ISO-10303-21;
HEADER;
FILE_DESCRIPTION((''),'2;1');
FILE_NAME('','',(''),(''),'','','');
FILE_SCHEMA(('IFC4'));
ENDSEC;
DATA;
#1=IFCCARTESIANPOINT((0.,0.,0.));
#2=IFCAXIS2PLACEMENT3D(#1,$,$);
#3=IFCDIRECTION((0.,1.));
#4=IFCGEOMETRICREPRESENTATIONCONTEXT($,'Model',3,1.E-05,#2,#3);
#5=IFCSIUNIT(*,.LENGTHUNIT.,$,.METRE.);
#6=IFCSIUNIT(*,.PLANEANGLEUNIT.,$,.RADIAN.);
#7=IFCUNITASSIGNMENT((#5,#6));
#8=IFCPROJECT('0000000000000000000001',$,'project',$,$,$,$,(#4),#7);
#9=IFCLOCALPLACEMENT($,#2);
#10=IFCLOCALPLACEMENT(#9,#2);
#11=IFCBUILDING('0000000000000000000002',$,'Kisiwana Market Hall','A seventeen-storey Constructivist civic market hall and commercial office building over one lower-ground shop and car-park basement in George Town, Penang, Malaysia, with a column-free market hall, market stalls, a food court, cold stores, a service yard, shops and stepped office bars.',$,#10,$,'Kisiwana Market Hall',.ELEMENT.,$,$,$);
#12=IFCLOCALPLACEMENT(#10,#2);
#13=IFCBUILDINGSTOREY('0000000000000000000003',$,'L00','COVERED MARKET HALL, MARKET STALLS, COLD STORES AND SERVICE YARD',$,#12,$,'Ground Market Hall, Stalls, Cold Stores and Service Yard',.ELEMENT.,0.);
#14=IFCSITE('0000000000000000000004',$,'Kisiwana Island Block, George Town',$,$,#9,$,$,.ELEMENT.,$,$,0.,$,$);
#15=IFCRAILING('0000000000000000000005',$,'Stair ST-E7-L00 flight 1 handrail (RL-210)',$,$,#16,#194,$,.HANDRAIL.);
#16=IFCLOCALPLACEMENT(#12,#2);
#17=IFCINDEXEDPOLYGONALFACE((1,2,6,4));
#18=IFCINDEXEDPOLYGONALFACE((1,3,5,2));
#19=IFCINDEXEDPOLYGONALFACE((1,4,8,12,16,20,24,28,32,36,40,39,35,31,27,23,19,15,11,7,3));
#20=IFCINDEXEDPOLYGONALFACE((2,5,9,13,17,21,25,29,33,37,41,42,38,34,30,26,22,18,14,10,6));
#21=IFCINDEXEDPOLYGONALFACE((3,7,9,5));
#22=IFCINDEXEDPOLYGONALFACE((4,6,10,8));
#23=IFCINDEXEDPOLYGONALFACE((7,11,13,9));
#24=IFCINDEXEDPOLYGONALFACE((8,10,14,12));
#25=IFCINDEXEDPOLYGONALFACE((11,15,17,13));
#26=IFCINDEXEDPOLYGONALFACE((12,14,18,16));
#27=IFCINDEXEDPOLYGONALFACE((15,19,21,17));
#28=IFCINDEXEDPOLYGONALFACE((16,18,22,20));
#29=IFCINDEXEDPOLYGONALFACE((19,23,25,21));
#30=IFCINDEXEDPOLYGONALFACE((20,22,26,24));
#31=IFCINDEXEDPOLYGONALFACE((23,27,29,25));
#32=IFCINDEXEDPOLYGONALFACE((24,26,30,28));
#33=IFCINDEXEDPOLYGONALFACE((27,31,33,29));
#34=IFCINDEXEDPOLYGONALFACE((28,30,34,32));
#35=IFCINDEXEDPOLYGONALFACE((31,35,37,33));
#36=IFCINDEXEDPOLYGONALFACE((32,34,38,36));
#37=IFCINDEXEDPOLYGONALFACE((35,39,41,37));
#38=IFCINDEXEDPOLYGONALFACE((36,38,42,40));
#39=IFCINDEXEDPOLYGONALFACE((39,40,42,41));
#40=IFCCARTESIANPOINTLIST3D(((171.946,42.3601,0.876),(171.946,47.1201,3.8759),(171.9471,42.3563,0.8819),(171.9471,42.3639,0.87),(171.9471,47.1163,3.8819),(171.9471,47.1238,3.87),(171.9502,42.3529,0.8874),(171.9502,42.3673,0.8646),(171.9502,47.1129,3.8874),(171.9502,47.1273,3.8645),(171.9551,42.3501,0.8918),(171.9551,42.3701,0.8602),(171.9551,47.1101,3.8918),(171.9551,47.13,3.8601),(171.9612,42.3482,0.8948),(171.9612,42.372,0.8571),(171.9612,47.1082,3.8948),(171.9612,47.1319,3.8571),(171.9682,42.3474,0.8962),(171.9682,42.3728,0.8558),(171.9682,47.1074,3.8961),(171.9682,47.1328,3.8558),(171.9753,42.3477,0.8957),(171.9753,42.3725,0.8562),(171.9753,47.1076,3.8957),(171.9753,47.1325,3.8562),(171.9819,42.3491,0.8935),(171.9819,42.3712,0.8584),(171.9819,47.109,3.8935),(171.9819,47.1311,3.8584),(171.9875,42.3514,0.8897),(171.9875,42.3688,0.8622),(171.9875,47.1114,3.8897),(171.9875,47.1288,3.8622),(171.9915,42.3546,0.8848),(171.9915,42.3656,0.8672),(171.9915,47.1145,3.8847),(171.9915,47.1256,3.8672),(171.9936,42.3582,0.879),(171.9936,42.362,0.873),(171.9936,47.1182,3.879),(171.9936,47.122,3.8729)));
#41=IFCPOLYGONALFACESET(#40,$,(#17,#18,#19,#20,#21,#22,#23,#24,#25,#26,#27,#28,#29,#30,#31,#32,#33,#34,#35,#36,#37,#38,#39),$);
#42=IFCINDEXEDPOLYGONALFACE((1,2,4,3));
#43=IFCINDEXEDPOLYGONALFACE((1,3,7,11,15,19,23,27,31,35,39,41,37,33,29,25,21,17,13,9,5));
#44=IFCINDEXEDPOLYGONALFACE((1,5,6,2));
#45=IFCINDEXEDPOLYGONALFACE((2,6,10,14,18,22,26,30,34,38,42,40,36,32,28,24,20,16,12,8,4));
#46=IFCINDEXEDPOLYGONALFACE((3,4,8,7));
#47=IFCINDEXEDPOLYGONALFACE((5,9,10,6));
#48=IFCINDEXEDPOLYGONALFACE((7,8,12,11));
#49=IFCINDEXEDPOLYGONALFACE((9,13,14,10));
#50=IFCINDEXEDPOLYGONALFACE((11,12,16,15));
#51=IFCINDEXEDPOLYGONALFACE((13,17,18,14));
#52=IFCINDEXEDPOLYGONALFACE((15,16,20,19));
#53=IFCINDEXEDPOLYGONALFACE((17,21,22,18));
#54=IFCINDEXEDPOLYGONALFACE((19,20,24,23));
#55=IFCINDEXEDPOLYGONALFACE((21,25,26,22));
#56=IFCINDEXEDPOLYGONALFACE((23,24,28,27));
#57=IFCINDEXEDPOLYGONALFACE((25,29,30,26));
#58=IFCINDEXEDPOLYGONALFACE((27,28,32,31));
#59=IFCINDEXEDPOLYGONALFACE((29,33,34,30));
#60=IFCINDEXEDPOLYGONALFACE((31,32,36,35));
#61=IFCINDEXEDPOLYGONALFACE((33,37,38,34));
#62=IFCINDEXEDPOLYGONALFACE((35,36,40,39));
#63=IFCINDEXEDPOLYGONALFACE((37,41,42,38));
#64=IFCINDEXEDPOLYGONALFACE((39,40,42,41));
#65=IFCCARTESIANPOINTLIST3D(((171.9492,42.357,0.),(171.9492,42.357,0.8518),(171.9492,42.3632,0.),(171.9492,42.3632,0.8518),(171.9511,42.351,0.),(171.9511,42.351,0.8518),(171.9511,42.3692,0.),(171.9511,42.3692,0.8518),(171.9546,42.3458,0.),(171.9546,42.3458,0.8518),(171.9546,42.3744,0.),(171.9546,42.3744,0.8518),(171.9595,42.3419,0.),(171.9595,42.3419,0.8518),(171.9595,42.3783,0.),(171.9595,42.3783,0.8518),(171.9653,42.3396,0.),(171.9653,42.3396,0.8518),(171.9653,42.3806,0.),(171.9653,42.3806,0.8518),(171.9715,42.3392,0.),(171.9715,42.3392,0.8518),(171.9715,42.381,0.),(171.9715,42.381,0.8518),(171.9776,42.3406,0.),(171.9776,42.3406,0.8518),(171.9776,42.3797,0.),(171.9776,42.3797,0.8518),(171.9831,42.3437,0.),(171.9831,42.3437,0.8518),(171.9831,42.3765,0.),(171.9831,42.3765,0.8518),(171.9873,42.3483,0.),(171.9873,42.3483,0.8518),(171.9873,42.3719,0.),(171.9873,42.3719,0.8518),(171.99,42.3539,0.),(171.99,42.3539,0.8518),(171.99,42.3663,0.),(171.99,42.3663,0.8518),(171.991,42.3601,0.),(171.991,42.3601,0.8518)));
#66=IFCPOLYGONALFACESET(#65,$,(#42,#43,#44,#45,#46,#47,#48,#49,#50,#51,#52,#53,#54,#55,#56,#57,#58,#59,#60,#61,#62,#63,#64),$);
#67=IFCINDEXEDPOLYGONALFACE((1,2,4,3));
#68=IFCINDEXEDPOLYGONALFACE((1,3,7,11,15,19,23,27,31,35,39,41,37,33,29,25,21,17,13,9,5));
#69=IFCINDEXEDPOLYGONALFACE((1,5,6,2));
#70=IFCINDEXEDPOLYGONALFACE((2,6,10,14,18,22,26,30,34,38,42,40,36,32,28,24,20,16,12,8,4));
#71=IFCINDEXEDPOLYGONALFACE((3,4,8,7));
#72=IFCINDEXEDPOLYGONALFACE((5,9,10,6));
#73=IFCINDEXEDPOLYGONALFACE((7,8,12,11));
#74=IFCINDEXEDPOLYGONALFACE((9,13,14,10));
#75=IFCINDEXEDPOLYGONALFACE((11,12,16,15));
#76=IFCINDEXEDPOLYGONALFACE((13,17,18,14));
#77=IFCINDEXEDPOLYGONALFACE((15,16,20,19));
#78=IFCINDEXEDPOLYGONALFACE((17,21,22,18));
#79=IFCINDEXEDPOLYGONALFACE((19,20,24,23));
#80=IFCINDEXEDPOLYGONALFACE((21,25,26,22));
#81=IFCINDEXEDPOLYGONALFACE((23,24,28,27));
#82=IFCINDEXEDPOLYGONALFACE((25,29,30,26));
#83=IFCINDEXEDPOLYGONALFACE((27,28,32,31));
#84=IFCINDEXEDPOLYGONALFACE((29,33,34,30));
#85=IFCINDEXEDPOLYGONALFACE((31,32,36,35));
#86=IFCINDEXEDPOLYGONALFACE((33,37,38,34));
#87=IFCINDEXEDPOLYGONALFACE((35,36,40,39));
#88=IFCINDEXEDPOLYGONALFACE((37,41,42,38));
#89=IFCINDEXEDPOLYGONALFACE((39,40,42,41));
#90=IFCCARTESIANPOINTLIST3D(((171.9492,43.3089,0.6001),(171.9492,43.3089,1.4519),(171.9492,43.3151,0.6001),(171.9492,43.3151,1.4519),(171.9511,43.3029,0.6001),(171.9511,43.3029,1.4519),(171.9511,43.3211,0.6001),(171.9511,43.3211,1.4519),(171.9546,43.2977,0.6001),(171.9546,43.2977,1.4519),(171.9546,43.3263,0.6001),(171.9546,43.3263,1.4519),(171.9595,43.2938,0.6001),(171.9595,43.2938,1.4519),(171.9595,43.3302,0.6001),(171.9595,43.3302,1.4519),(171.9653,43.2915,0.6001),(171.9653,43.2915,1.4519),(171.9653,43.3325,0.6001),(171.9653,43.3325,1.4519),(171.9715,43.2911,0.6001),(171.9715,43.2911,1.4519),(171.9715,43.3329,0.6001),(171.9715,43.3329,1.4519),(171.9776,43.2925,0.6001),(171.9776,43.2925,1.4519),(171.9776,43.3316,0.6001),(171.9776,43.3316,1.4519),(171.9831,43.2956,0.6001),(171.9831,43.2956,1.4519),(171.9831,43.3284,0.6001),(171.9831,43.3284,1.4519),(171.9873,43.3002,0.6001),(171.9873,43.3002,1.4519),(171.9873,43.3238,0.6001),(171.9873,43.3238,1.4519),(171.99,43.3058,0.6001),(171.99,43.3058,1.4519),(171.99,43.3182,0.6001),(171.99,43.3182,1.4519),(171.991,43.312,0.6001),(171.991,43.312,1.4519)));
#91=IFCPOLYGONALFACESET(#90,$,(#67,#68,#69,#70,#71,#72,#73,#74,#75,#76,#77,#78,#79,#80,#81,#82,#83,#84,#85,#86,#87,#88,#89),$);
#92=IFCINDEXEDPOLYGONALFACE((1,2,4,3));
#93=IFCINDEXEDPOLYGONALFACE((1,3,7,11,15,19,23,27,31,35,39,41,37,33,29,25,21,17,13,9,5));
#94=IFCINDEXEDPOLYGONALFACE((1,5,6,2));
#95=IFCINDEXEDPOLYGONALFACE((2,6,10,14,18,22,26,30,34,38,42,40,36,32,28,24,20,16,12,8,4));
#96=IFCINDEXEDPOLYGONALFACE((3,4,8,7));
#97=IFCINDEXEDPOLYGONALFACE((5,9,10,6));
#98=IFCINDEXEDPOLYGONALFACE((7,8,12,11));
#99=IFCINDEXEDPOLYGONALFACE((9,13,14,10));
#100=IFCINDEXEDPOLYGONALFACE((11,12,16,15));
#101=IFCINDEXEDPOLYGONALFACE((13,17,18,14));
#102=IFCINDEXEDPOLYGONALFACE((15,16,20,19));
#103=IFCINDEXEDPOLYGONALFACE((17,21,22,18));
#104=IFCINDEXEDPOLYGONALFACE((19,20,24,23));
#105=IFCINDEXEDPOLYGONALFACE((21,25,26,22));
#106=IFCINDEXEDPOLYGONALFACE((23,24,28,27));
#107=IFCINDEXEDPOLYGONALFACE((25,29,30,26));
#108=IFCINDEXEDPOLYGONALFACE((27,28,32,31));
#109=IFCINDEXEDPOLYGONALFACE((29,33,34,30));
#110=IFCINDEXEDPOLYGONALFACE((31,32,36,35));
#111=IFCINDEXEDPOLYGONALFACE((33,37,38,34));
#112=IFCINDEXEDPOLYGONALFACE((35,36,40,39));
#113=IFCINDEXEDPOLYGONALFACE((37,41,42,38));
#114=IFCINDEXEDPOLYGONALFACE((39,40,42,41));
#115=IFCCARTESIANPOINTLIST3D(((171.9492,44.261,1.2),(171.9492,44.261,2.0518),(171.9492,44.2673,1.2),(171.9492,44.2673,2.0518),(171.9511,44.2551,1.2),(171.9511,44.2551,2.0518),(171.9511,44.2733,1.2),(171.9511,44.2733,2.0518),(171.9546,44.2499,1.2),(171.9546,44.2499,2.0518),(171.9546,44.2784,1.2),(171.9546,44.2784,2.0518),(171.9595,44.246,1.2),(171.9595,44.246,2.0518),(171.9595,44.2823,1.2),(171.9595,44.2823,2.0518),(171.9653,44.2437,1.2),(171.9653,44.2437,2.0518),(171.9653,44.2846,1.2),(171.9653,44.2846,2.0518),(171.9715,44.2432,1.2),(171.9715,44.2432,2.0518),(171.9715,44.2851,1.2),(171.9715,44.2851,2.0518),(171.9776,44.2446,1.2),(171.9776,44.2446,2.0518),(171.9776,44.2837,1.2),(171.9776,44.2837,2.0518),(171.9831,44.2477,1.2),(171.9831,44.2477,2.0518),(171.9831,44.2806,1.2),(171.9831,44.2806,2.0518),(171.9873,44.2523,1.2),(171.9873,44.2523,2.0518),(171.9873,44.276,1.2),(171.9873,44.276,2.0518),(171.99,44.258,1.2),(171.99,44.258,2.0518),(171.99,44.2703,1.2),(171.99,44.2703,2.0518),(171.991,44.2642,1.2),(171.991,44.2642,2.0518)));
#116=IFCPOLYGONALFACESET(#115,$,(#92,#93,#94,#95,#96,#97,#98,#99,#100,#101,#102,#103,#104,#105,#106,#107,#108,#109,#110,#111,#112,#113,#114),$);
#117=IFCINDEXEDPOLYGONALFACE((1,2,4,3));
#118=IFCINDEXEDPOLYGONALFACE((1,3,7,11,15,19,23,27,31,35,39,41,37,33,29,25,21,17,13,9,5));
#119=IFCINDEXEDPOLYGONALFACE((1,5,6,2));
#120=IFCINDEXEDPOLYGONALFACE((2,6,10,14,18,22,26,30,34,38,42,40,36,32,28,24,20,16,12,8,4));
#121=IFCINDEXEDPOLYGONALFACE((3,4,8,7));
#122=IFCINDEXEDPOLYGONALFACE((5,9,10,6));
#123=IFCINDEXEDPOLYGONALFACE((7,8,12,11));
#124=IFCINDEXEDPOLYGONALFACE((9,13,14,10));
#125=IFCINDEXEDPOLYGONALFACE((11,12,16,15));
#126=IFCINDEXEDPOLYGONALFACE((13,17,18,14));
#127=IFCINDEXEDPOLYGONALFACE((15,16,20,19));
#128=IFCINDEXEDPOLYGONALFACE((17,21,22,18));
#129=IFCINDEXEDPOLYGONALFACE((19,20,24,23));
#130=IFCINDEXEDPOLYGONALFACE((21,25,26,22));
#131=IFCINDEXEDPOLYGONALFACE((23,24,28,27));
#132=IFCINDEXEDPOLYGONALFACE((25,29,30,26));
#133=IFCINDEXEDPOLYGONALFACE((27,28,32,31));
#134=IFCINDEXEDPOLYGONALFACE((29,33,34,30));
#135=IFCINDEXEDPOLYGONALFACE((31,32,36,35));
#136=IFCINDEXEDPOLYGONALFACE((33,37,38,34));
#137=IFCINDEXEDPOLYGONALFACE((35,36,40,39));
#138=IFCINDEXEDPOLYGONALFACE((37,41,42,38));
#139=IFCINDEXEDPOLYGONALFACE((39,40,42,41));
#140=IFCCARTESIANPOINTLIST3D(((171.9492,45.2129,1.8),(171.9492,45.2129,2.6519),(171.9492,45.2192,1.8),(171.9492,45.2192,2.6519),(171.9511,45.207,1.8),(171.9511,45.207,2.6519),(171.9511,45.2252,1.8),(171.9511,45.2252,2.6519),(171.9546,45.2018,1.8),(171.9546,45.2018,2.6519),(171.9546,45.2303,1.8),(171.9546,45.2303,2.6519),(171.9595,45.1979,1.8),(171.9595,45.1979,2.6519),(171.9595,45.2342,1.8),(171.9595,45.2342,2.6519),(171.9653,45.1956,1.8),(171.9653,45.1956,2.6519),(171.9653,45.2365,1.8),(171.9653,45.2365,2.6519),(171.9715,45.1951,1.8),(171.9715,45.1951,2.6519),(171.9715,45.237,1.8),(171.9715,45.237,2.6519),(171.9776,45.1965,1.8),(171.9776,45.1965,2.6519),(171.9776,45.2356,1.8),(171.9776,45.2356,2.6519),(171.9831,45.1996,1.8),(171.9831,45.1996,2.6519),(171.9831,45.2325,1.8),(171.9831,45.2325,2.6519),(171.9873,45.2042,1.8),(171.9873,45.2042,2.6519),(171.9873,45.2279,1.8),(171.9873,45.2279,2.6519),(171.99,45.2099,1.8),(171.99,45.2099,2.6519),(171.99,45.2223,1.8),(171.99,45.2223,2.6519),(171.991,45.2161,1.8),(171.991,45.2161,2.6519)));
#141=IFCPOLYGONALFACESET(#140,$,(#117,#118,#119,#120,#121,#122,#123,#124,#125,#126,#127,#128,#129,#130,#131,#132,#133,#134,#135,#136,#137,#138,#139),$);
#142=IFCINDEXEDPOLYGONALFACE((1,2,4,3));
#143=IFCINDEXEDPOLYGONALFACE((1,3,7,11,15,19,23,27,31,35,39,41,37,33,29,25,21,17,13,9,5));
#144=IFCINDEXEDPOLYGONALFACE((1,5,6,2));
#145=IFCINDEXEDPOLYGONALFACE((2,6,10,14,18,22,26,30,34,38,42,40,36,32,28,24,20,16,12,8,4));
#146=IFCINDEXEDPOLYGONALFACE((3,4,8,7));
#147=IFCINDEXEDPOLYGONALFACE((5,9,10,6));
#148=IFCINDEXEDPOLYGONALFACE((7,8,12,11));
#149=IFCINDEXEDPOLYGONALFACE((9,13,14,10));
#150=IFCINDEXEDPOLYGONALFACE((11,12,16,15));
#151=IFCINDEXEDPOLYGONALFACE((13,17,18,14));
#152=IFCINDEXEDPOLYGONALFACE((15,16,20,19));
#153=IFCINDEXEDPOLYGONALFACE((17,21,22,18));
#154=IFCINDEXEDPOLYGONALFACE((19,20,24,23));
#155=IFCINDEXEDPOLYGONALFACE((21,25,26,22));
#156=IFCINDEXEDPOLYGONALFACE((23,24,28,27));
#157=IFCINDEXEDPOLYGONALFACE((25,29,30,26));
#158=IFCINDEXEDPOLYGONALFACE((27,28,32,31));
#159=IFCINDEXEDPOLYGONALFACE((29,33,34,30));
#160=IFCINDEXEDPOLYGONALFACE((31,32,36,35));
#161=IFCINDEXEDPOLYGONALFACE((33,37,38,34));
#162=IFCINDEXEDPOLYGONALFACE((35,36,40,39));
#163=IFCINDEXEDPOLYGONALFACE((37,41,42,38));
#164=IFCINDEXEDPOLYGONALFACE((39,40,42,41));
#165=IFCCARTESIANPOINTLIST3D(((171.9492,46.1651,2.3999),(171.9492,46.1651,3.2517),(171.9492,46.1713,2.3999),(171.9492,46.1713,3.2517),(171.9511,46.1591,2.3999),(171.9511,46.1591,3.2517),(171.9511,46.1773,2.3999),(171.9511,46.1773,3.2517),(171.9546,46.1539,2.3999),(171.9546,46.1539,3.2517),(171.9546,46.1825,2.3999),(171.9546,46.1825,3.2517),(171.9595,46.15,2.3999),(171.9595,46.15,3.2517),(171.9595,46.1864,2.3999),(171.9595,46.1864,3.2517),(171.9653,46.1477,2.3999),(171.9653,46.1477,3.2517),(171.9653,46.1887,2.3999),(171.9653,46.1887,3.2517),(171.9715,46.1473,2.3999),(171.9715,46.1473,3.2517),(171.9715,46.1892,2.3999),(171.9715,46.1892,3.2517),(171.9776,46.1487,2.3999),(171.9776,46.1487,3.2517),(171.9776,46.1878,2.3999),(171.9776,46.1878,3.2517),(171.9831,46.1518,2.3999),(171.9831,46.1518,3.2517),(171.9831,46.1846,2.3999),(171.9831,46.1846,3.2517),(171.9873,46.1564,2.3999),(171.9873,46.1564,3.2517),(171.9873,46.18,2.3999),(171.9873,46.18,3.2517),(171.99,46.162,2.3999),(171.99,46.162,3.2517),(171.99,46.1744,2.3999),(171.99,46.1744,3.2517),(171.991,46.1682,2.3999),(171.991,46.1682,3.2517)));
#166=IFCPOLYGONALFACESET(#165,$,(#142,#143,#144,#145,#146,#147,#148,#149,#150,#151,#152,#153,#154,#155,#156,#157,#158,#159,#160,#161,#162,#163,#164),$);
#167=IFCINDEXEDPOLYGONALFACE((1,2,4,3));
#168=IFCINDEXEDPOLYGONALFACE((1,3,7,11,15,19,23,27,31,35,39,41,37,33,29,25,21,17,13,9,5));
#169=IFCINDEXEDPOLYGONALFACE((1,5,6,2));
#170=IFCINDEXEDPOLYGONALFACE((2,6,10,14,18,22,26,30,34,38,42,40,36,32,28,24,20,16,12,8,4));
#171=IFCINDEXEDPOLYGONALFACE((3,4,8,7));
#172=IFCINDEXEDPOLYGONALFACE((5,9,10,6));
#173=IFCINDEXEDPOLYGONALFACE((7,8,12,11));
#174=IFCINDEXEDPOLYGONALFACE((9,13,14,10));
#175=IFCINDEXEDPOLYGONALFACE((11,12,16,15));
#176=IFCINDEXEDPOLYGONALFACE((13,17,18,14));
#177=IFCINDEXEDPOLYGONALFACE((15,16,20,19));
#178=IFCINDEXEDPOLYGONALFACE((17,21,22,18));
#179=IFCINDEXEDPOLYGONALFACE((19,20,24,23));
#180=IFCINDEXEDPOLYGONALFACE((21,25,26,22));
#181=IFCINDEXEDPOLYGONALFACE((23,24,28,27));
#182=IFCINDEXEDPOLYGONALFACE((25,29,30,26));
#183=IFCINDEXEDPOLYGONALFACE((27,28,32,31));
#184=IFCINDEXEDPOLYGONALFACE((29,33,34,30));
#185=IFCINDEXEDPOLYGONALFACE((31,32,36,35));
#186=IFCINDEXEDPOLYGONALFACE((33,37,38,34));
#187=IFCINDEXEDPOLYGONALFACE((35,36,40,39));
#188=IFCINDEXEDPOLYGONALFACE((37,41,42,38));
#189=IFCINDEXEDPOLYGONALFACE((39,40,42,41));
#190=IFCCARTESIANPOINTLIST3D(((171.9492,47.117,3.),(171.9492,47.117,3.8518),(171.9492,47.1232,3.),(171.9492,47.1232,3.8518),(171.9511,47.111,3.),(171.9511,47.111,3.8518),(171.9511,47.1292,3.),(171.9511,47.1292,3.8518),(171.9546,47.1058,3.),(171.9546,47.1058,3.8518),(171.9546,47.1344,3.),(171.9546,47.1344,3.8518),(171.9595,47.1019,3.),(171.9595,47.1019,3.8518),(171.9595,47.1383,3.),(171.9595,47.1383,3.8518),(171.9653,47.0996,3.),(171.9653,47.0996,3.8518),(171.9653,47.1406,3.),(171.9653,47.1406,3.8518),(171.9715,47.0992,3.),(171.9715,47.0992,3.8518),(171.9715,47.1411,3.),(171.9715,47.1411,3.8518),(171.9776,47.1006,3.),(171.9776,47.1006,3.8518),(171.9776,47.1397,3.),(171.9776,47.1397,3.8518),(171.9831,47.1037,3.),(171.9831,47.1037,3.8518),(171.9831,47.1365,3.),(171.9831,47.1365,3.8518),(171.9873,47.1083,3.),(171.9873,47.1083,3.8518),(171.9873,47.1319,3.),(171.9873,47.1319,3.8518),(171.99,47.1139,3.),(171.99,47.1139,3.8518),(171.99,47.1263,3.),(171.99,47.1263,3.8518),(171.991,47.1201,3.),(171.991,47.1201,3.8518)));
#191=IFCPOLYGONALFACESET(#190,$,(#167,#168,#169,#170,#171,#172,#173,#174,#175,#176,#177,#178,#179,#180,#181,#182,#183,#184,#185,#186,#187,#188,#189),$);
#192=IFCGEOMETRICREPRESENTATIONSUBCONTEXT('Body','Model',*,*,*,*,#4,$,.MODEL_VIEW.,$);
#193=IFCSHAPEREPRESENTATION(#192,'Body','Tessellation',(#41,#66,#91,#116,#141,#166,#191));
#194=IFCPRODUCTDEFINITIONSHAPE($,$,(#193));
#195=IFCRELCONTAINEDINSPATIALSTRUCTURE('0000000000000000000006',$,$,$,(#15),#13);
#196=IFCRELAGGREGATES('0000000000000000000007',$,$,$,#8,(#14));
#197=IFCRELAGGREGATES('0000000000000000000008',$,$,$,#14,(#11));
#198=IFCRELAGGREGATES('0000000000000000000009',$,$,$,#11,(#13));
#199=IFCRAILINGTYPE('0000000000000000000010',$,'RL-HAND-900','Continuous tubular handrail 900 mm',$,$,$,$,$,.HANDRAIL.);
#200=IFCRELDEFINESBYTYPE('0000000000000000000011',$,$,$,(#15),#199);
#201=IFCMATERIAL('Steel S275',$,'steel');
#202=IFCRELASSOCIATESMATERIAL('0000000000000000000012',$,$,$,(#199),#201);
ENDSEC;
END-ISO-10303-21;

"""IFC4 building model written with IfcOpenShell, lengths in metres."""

from ifc_helpers import new_model, si_unit, direction, frame, origin, origin_2d, place, context, subcontext, project, spatial, circle, extrude, material, type_object, element, save


model = new_model("IFC4")

# Units and contexts
model_context = context("Model", 3, precision=1e-05, world=origin(), true_north=direction((0.0, 1.0)))
body_context = subcontext(model_context, "Body", "Model", "MODEL_VIEW")
ifc_project = project(units=[si_unit("LENGTHUNIT", "METRE"), si_unit("PLANEANGLEUNIT", "RADIAN")], contexts=[model_context])

# Site, building, storey
site_placement = place(None, origin())
site = spatial("IfcSite", under=ifc_project, at=site_placement, Name="Kisiwana Island Block, George Town", CompositionType="ELEMENT", RefElevation=0.0)
building_placement = place(site_placement, origin())
building = spatial("IfcBuilding", under=site, at=building_placement, Name="Kisiwana Market Hall", Description="A seventeen-storey Constructivist civic market hall and commercial office building over one lower-ground shop and car-park basement in George Town, Penang, Malaysia, with a column-free market hall, market stalls, a food court, cold stores, a service yard, shops and stepped office bars.", LongName="Kisiwana Market Hall", CompositionType="ELEMENT")
storey_placement = place(building_placement, origin())
storey = spatial("IfcBuildingStorey", under=building, at=storey_placement, Name="L00", Description="COVERED MARKET HALL, MARKET STALLS, COLD STORES AND SERVICE YARD", LongName="Ground Market Hall, Stalls, Cold Stores and Service Yard", CompositionType="ELEMENT", Elevation=0.0)

# Railing
ifc_material_1 = material(Name="Steel S275", Category="steel")
railing_type_1 = type_object("IfcRailingType", Name="RL-HAND-900", Description="Continuous tubular handrail 900 mm", PredefinedType="HANDRAIL", material=ifc_material_1)
for number, where, name in (
    (1, (171.97, 42.3601, 0.0), "Stair ST-E7-L00 flight 1 handrail (RL-210)"),
):
    element("IfcRailing", number, at=place(storey_placement, frame(where)), inside=storey, type_object=railing_type_1, Name=name, PredefinedType="HANDRAIL", context=body_context, shape_type="SweptSolid", body=[
        extrude(circle(Radius=0.0239, at=origin_2d()), frame((0.0, 0.0, 0.876), z_axis=(0.0, 0.845996, 0.53319), x_axis=(-1.0, 0.0, 0.0)), (0.0, 0.0, 1.0), 5.6265),
        extrude(circle(Radius=0.021, at=origin_2d()), origin(), (0.0, 0.0, 1.0), 0.8518),
        extrude(circle(Radius=0.021, at=origin_2d()), frame((0.0, 0.9519, 0.6001)), (0.0, 0.0, 1.0), 0.8518),
        extrude(circle(Radius=0.021, at=origin_2d()), frame((0.0, 1.9041, 1.2)), (0.0, 0.0, 1.0), 0.8518),
        extrude(circle(Radius=0.021, at=origin_2d()), frame((0.0, 2.856, 1.8)), (0.0, 0.0, 1.0), 0.8518),
        extrude(circle(Radius=0.021, at=origin_2d()), frame((0.0, 3.8081, 2.3999)), (0.0, 0.0, 1.0), 0.8518),
        extrude(circle(Radius=0.021, at=origin_2d()), frame((0.0, 4.76, 3.0)), (0.0, 0.0, 1.0), 0.8518),
    ])

save(model, "model.ifc")
